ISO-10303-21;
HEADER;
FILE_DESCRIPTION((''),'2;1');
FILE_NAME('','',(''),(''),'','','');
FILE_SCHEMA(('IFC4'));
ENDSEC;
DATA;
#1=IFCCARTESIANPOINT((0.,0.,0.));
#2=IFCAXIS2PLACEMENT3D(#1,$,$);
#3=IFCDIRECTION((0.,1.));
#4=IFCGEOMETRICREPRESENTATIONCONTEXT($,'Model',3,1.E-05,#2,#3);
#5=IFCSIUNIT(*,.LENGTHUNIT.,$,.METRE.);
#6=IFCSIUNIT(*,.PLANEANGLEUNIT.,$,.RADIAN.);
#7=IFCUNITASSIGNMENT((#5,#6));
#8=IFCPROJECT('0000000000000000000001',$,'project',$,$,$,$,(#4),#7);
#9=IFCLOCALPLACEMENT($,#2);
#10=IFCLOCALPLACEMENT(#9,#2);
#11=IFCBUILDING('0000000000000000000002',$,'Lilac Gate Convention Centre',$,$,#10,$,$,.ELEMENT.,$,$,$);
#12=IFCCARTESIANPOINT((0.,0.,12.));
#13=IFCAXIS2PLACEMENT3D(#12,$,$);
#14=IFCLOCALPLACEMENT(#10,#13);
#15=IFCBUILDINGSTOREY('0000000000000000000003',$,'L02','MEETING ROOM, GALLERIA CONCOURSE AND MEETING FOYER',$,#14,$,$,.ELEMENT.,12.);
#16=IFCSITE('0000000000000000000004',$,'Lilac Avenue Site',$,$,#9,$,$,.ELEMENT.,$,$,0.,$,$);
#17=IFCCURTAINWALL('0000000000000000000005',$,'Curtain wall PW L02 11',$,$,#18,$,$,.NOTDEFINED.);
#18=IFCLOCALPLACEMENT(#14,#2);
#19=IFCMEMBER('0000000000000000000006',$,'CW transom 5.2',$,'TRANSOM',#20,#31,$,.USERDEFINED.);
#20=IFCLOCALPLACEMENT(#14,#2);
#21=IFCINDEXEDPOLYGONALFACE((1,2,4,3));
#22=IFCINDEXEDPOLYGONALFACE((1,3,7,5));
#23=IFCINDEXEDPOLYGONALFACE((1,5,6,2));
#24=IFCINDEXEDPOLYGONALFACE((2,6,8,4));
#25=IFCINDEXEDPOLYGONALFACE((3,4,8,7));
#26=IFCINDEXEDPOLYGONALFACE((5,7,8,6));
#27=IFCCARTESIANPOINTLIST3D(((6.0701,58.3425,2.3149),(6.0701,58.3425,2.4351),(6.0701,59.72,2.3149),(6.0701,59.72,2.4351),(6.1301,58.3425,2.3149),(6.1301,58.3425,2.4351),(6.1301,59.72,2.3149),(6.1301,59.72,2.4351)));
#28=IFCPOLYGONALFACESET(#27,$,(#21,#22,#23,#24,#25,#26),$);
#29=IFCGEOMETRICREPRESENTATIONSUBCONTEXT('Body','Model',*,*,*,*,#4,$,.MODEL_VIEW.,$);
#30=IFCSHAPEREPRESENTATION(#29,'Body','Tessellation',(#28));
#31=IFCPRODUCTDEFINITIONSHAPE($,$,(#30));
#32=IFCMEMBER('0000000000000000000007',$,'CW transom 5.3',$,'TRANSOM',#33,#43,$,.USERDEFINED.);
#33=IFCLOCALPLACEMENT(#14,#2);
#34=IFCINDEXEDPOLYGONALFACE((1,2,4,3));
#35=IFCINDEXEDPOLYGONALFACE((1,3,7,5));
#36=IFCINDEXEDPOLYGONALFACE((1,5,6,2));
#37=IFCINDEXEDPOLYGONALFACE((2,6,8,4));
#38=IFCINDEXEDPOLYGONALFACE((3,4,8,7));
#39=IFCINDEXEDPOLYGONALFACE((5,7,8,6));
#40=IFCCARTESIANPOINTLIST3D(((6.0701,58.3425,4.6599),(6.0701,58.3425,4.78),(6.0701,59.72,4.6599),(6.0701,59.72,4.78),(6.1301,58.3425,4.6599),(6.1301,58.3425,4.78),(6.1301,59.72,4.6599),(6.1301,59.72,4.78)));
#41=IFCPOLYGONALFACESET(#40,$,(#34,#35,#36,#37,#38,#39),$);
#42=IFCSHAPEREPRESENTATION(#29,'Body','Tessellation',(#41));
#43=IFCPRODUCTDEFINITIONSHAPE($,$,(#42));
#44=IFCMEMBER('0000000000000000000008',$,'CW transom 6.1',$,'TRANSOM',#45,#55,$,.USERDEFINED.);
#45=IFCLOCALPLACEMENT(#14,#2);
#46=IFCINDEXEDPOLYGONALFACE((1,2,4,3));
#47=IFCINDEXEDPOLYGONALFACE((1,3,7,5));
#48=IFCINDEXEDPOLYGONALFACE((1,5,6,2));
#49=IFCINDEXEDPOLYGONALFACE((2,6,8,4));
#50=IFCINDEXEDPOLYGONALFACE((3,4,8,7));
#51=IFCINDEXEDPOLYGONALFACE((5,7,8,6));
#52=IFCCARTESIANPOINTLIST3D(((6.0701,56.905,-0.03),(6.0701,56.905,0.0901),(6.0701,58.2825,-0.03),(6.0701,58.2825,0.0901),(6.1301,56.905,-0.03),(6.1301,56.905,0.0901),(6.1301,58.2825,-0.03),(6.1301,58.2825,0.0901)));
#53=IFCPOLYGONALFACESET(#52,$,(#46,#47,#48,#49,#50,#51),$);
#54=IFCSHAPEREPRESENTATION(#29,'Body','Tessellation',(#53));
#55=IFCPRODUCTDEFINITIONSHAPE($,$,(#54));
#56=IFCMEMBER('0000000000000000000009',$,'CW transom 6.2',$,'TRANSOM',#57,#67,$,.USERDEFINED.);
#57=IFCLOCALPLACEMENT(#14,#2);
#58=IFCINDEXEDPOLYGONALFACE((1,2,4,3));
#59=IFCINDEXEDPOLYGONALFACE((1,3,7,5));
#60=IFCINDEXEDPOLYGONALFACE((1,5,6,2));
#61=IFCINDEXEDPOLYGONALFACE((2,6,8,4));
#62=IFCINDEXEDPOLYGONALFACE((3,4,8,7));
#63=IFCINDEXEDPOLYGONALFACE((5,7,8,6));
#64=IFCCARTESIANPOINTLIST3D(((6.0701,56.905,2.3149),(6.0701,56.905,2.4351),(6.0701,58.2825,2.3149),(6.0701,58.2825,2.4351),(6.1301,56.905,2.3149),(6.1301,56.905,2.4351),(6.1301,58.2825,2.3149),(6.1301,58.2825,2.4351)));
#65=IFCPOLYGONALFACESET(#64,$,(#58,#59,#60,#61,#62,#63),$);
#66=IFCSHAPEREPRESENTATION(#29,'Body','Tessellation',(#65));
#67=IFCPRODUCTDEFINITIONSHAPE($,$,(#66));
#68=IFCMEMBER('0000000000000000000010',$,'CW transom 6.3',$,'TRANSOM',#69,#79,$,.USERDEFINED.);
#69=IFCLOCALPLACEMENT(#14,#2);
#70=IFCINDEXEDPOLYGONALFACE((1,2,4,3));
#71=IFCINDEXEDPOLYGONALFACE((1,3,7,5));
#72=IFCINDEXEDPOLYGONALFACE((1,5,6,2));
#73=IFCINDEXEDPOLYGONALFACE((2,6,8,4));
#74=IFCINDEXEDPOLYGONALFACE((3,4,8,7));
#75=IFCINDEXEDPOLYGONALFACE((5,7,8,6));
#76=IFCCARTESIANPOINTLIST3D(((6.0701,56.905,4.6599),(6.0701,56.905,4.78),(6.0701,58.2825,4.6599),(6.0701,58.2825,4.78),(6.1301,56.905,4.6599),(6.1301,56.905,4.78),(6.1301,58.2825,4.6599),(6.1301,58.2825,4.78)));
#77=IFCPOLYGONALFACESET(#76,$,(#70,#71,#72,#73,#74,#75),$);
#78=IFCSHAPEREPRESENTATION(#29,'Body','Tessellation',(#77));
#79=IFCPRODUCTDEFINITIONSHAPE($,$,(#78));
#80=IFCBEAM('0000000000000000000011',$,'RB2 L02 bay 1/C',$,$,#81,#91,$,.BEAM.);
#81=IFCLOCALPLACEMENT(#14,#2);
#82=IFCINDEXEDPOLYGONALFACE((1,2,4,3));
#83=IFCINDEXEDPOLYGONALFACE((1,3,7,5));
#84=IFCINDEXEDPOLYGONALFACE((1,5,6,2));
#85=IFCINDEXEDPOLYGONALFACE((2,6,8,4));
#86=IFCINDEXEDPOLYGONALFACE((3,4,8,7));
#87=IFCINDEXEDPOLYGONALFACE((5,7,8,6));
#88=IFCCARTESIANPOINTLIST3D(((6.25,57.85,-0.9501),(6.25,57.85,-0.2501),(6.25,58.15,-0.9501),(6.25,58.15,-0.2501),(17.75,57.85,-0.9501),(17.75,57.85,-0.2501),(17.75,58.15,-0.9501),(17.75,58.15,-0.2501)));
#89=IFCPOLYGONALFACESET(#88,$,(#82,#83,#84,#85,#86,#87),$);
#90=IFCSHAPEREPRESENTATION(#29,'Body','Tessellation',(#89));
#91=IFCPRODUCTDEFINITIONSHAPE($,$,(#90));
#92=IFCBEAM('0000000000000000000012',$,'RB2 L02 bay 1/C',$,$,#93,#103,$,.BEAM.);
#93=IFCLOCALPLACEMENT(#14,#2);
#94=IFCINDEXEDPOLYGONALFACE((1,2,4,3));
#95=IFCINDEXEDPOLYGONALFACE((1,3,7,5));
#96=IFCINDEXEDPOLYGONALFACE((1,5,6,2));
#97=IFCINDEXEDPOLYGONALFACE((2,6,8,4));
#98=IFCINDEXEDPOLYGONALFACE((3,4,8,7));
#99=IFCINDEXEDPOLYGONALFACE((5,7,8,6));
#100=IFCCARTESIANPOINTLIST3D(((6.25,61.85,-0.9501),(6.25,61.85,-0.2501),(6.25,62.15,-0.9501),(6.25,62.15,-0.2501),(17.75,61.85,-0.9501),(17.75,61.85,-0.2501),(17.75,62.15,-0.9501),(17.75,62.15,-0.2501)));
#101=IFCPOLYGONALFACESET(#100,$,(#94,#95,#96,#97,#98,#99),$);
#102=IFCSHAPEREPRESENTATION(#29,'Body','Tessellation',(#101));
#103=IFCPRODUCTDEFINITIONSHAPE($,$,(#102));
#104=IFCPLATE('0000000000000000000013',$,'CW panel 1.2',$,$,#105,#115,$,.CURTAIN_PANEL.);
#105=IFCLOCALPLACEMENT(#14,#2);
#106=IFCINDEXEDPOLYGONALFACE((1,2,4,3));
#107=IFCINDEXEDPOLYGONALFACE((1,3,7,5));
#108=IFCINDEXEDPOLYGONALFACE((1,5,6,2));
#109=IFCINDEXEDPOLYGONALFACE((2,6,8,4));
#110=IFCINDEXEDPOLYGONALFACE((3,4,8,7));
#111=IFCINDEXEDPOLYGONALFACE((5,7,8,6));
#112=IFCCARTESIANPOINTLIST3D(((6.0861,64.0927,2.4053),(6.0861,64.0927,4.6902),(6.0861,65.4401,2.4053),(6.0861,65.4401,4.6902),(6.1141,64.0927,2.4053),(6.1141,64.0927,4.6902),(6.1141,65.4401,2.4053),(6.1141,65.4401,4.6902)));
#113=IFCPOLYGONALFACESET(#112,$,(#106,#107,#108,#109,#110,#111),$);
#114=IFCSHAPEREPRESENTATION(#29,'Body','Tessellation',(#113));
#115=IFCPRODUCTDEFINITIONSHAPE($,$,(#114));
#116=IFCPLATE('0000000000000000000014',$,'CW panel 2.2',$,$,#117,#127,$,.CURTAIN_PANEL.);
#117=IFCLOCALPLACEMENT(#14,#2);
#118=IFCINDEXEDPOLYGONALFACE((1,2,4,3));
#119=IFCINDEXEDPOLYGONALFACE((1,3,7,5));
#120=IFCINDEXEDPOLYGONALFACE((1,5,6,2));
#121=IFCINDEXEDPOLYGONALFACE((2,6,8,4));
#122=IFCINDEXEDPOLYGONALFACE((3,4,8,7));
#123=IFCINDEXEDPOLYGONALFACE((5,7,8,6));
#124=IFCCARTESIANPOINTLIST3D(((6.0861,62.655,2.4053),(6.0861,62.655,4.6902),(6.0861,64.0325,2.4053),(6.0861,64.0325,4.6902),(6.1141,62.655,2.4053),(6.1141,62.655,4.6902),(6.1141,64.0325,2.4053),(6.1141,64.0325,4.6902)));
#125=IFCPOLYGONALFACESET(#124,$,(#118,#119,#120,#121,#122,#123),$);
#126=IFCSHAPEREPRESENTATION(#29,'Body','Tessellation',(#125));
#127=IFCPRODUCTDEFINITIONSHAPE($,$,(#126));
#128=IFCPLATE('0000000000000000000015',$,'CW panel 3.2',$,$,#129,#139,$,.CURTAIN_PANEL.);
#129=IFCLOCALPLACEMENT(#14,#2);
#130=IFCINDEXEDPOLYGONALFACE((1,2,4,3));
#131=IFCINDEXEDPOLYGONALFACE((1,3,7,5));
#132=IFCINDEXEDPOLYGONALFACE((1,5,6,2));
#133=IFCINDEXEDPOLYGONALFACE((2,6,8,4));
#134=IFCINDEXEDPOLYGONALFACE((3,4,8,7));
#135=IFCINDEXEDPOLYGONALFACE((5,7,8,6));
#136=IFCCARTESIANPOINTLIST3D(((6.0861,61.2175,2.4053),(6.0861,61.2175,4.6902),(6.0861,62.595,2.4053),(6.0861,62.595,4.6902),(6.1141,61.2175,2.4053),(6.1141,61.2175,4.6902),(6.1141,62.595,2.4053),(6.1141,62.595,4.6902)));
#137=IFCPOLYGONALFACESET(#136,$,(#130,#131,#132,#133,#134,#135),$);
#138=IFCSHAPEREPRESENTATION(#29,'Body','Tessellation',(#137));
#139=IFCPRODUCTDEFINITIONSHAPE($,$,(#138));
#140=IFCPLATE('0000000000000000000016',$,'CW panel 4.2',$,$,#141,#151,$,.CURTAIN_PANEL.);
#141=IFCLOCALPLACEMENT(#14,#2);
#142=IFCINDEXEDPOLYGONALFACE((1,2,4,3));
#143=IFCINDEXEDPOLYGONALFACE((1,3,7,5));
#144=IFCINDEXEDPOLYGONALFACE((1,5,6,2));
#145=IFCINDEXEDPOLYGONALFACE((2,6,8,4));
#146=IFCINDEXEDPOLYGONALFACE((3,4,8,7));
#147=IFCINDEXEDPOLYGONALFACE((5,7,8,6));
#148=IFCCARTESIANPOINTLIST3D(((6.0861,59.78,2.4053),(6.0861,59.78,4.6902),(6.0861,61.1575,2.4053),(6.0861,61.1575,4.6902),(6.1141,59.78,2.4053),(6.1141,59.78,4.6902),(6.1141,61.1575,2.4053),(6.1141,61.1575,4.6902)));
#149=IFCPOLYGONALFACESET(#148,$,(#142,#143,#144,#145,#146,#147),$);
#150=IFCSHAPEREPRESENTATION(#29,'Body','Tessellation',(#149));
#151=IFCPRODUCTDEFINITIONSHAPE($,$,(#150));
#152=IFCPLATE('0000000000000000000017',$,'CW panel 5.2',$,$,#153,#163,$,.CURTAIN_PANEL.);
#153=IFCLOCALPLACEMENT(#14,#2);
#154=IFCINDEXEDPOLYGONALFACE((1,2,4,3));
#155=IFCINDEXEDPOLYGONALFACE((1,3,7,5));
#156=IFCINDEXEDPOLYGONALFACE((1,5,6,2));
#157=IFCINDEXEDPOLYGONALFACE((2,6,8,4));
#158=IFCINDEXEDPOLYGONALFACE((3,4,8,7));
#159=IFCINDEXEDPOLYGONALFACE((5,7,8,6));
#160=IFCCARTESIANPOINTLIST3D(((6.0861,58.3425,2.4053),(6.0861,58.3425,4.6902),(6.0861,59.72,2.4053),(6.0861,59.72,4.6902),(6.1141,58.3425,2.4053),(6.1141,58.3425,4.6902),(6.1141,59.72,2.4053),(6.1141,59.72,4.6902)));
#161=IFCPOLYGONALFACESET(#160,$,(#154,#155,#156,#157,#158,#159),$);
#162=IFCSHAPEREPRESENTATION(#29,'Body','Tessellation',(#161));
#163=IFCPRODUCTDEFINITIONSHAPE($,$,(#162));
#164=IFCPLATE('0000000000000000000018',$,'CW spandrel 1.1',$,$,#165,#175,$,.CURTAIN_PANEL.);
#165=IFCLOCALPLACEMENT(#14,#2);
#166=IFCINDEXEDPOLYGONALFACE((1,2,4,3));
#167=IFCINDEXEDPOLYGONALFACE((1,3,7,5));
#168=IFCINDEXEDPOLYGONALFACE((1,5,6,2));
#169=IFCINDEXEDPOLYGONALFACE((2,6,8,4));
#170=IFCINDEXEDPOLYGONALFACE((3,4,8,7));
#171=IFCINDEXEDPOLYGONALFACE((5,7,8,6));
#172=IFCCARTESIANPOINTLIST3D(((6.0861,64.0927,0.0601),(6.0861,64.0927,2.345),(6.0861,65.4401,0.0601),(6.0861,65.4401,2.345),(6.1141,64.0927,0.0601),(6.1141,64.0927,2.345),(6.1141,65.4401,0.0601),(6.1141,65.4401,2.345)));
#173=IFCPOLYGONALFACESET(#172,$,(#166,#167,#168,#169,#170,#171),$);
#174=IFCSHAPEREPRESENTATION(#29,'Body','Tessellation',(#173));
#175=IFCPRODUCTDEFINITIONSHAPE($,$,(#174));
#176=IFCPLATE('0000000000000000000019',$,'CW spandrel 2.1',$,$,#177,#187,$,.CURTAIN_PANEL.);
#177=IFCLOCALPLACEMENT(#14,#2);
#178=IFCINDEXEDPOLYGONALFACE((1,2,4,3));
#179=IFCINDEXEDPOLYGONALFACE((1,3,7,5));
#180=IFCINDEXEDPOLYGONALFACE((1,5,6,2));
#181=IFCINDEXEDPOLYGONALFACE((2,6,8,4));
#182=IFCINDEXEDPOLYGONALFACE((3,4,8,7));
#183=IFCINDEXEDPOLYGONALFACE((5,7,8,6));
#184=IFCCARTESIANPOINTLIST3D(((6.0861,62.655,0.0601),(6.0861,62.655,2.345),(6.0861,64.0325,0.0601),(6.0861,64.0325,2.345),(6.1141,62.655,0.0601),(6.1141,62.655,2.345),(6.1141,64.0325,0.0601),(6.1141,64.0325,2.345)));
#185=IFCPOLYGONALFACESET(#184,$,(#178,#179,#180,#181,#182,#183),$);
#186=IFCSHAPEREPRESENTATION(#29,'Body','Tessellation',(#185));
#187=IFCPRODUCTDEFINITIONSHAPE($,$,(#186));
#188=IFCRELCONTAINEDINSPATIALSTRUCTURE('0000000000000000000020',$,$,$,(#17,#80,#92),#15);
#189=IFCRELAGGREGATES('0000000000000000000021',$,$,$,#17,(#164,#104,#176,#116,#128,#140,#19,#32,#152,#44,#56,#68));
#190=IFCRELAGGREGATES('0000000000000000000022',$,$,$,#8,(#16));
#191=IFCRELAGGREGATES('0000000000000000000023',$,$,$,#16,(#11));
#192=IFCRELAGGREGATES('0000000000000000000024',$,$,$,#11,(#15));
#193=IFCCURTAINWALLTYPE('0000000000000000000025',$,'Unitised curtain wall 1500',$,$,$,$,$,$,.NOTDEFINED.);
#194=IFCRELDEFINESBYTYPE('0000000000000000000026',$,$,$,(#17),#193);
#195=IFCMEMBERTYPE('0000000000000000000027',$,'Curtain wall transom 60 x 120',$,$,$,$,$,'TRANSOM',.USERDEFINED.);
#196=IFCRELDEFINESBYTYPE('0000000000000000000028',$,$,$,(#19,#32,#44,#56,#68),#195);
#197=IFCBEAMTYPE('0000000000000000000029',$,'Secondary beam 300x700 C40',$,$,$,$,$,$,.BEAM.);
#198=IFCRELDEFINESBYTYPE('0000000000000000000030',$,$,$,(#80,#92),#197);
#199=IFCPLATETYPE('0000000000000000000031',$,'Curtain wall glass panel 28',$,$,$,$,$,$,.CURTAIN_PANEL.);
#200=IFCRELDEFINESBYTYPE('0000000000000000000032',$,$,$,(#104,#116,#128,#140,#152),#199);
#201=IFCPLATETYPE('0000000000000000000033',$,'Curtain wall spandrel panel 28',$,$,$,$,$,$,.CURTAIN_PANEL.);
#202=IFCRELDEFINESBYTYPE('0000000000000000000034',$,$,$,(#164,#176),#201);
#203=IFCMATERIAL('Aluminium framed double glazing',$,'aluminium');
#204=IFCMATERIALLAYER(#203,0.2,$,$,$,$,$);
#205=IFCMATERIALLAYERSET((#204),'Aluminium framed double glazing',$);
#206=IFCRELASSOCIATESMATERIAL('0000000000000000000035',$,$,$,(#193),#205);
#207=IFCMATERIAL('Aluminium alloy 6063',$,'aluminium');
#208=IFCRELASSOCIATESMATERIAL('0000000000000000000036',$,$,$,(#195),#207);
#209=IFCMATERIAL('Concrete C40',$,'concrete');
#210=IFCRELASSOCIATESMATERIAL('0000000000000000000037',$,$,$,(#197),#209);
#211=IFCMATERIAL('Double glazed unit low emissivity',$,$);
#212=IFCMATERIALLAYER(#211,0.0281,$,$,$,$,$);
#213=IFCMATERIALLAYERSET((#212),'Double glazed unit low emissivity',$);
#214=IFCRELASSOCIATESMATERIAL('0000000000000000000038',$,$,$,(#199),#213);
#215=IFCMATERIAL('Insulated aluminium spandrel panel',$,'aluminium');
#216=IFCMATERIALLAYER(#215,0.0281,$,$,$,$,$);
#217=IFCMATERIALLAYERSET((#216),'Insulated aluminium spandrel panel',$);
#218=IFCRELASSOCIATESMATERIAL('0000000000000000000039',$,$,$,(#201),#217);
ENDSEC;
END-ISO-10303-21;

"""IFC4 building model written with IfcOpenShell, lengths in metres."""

from ifc_helpers import new_model, si_unit, direction, frame, origin, origin_2d, place, context, subcontext, project, spatial, rectangle, extrude, material, layer, layer_set, material_profile, profile_set, type_object, element, aggregate, save


model = new_model("IFC4")

# Units and contexts
model_context = context("Model", 3, precision=1e-05, world=origin(), true_north=direction((0.0, 1.0)))
body_context = subcontext(model_context, "Body", "Model", "MODEL_VIEW")
ifc_project = project(units=[si_unit("LENGTHUNIT", "METRE"), si_unit("PLANEANGLEUNIT", "RADIAN")], contexts=[model_context])

# Site, building, storey
site_placement = place(None, origin())
site = spatial("IfcSite", under=ifc_project, at=site_placement, Name="Lilac Avenue Site", CompositionType="ELEMENT", RefElevation=0.0)
building_placement = place(site_placement, origin())
building = spatial("IfcBuilding", under=site, at=building_placement, Name="Lilac Gate Convention Centre", CompositionType="ELEMENT")
storey_placement = place(building_placement, frame((0.0, 0.0, 12.0)))
storey = spatial("IfcBuildingStorey", under=building, at=storey_placement, Name="L02", Description="MEETING ROOM, GALLERIA CONCOURSE AND MEETING FOYER", CompositionType="ELEMENT", Elevation=12.0)

# Curtain wall, members
ifc_material_1 = material(Name="Aluminium framed double glazing", Category="aluminium")
ifc_layer_1 = layer(ifc_material_1, 0.2)
ifc_layer_set_1 = layer_set([ifc_layer_1], Name="Aluminium framed double glazing")
curtain_wall_type = type_object("IfcCurtainWallType", Name="Unitised curtain wall 1500", PredefinedType="NOTDEFINED", material=ifc_layer_set_1)
curtain_wall_placement = place(storey_placement, origin())
curtain_wall = element("IfcCurtainWall", 1, at=curtain_wall_placement, inside=storey, type_object=curtain_wall_type, Name="Curtain wall PW L02 11", PredefinedType="NOTDEFINED")
ifc_material_2 = material(Name="Aluminium alloy 6063", Category="aluminium")
ifc_material_profile_1 = material_profile(ifc_material_2, rectangle(XDim=0.0601, YDim=0.1201, at=origin_2d()), Name="Curtain wall transom 60 x 120")
ifc_profile_set_1 = profile_set([ifc_material_profile_1], Name="Aluminium alloy 6063")
member_type_1 = type_object("IfcMemberType", Name="Curtain wall transom 60 x 120", ElementType="TRANSOM", PredefinedType="USERDEFINED", material=ifc_profile_set_1)
member_1_placement = place(storey_placement, frame((6.1001, 59.72, 2.375), z_axis=(0.0, -1.0, 0.0), x_axis=(1.0, 0.0, 0.0)))
member_1 = element("IfcMember", 2, at=member_1_placement, type_object=member_type_1, Name="CW transom 5.2", ObjectType="TRANSOM", PredefinedType="USERDEFINED", context=body_context, shape_type="SweptSolid", body=[
    extrude(rectangle(XDim=0.0601, YDim=0.1201, at=origin_2d()), origin(), (0.0, 0.0, 1.0), 1.3774),
])
member_2_placement = place(storey_placement, frame((6.1001, 59.72, 4.72), z_axis=(0.0, -1.0, 0.0), x_axis=(1.0, 0.0, 0.0)))
member_2 = element("IfcMember", 3, at=member_2_placement, type_object=member_type_1, Name="CW transom 5.3", ObjectType="TRANSOM", PredefinedType="USERDEFINED", context=body_context, shape_type="SweptSolid", body=[
    extrude(rectangle(XDim=0.0601, YDim=0.1201, at=origin_2d()), origin(), (0.0, 0.0, 1.0), 1.3774),
])
member_3_placement = place(storey_placement, frame((6.1001, 58.2825, 0.03), z_axis=(0.0, -1.0, 0.0), x_axis=(1.0, 0.0, 0.0)))
member_3 = element("IfcMember", 4, at=member_3_placement, type_object=member_type_1, Name="CW transom 6.1", ObjectType="TRANSOM", PredefinedType="USERDEFINED", context=body_context, shape_type="SweptSolid", body=[
    extrude(rectangle(XDim=0.0601, YDim=0.1201, at=origin_2d()), origin(), (0.0, 0.0, 1.0), 1.3774),
])
member_4_placement = place(storey_placement, frame((6.1001, 58.2825, 2.375), z_axis=(0.0, -1.0, 0.0), x_axis=(1.0, 0.0, 0.0)))
member_4 = element("IfcMember", 5, at=member_4_placement, type_object=member_type_1, Name="CW transom 6.2", ObjectType="TRANSOM", PredefinedType="USERDEFINED", context=body_context, shape_type="SweptSolid", body=[
    extrude(rectangle(XDim=0.0601, YDim=0.1201, at=origin_2d()), origin(), (0.0, 0.0, 1.0), 1.3774),
])
member_5_placement = place(storey_placement, frame((6.1001, 58.2825, 4.72), z_axis=(0.0, -1.0, 0.0), x_axis=(1.0, 0.0, 0.0)))
member_5 = element("IfcMember", 6, at=member_5_placement, type_object=member_type_1, Name="CW transom 6.3", ObjectType="TRANSOM", PredefinedType="USERDEFINED", context=body_context, shape_type="SweptSolid", body=[
    extrude(rectangle(XDim=0.0601, YDim=0.1201, at=origin_2d()), origin(), (0.0, 0.0, 1.0), 1.3774),
])

# Beams
ifc_material_3 = material(Name="Concrete C40", Category="concrete")
ifc_material_profile_2 = material_profile(ifc_material_3, rectangle(XDim=0.3, YDim=0.7, at=origin_2d()), Name="RC 300x700")
ifc_profile_set_2 = profile_set([ifc_material_profile_2], Name="Concrete C40")
beam_type = type_object("IfcBeamType", Name="Secondary beam 300x700 C40", PredefinedType="BEAM", material=ifc_profile_set_2)
for number, where, z_axis, x_axis, name in (
    (7, (6.25, 58.0, -0.6001), (1.0, 0.0, 0.0), (0.0, 1.0, 0.0), "RB2 L02 bay 1/C"),
    (8, (6.25, 62.0, -0.6001), (1.0, 0.0, 0.0), (0.0, 1.0, 0.0), "RB2 L02 bay 1/C"),
):
    element("IfcBeam", number, at=place(storey_placement, frame(where, z_axis=z_axis, x_axis=x_axis)), inside=storey, type_object=beam_type, Name=name, PredefinedType="BEAM", context=body_context, shape_type="SweptSolid", body=[
        extrude(rectangle(XDim=0.3, YDim=0.7, at=origin_2d()), origin(), (0.0, 0.0, 1.0), 11.5),
    ])

# Plates
ifc_material_4 = material(Name="Double glazed unit low emissivity")
ifc_layer_2 = layer(ifc_material_4, 0.0281)
ifc_layer_set_2 = layer_set([ifc_layer_2], Name="Double glazed unit low emissivity")
plate_type_1 = type_object("IfcPlateType", Name="Curtain wall glass panel 28", PredefinedType="CURTAIN_PANEL", material=ifc_layer_set_2)
plate_1_placement = place(storey_placement, frame((6.1001, 64.7664, 2.4053), z_axis=(0.0, 0.0, 1.0), x_axis=(0.0, -1.0, 0.0)))
plate_1 = element("IfcPlate", 9, at=plate_1_placement, type_object=plate_type_1, Name="CW panel 1.2", PredefinedType="CURTAIN_PANEL", context=body_context, shape_type="SweptSolid", body=[
    extrude(rectangle(XDim=1.3474, YDim=0.0281, at=origin_2d()), origin(), (0.0, 0.0, 1.0), 2.2849),
])
plate_2_placement = place(storey_placement, frame((6.1001, 63.3438, 2.4053), z_axis=(0.0, 0.0, 1.0), x_axis=(0.0, -1.0, 0.0)))
plate_2 = element("IfcPlate", 10, at=plate_2_placement, type_object=plate_type_1, Name="CW panel 2.2", PredefinedType="CURTAIN_PANEL", context=body_context, shape_type="SweptSolid", body=[
    extrude(rectangle(XDim=1.3774, YDim=0.0281, at=origin_2d()), origin(), (0.0, 0.0, 1.0), 2.2849),
])
plate_3_placement = place(storey_placement, frame((6.1001, 61.9062, 2.4053), z_axis=(0.0, 0.0, 1.0), x_axis=(0.0, -1.0, 0.0)))
plate_3 = element("IfcPlate", 11, at=plate_3_placement, type_object=plate_type_1, Name="CW panel 3.2", PredefinedType="CURTAIN_PANEL", context=body_context, shape_type="SweptSolid", body=[
    extrude(rectangle(XDim=1.3774, YDim=0.0281, at=origin_2d()), origin(), (0.0, 0.0, 1.0), 2.2849),
])
plate_4_placement = place(storey_placement, frame((6.1001, 60.4688, 2.4053), z_axis=(0.0, 0.0, 1.0), x_axis=(0.0, -1.0, 0.0)))
plate_4 = element("IfcPlate", 12, at=plate_4_placement, type_object=plate_type_1, Name="CW panel 4.2", PredefinedType="CURTAIN_PANEL", context=body_context, shape_type="SweptSolid", body=[
    extrude(rectangle(XDim=1.3774, YDim=0.0281, at=origin_2d()), origin(), (0.0, 0.0, 1.0), 2.2849),
])
plate_5_placement = place(storey_placement, frame((6.1001, 59.0312, 2.4053), z_axis=(0.0, 0.0, 1.0), x_axis=(0.0, -1.0, 0.0)))
plate_5 = element("IfcPlate", 13, at=plate_5_placement, type_object=plate_type_1, Name="CW panel 5.2", PredefinedType="CURTAIN_PANEL", context=body_context, shape_type="SweptSolid", body=[
    extrude(rectangle(XDim=1.3774, YDim=0.0281, at=origin_2d()), origin(), (0.0, 0.0, 1.0), 2.2849),
])
ifc_material_5 = material(Name="Insulated aluminium spandrel panel", Category="aluminium")
ifc_layer_3 = layer(ifc_material_5, 0.0281)
ifc_layer_set_3 = layer_set([ifc_layer_3], Name="Insulated aluminium spandrel panel")
plate_type_2 = type_object("IfcPlateType", Name="Curtain wall spandrel panel 28", PredefinedType="CURTAIN_PANEL", material=ifc_layer_set_3)
plate_6_placement = place(storey_placement, frame((6.1001, 64.7664, 0.0601), z_axis=(0.0, 0.0, 1.0), x_axis=(0.0, -1.0, 0.0)))
plate_6 = element("IfcPlate", 14, at=plate_6_placement, type_object=plate_type_2, Name="CW spandrel 1.1", PredefinedType="CURTAIN_PANEL", context=body_context, shape_type="SweptSolid", body=[
    extrude(rectangle(XDim=1.3474, YDim=0.0281, at=origin_2d()), origin(), (0.0, 0.0, 1.0), 2.2849),
])
plate_7_placement = place(storey_placement, frame((6.1001, 63.3438, 0.0601), z_axis=(0.0, 0.0, 1.0), x_axis=(0.0, -1.0, 0.0)))
plate_7 = element("IfcPlate", 15, at=plate_7_placement, type_object=plate_type_2, Name="CW spandrel 2.1", PredefinedType="CURTAIN_PANEL", context=body_context, shape_type="SweptSolid", body=[
    extrude(rectangle(XDim=1.3774, YDim=0.0281, at=origin_2d()), origin(), (0.0, 0.0, 1.0), 2.2849),
])
aggregate(curtain_wall, [plate_6, plate_1, plate_7, plate_2, plate_3, plate_4, member_1, member_2, plate_5, member_3, member_4, member_5])

save(model, "model.ifc")
